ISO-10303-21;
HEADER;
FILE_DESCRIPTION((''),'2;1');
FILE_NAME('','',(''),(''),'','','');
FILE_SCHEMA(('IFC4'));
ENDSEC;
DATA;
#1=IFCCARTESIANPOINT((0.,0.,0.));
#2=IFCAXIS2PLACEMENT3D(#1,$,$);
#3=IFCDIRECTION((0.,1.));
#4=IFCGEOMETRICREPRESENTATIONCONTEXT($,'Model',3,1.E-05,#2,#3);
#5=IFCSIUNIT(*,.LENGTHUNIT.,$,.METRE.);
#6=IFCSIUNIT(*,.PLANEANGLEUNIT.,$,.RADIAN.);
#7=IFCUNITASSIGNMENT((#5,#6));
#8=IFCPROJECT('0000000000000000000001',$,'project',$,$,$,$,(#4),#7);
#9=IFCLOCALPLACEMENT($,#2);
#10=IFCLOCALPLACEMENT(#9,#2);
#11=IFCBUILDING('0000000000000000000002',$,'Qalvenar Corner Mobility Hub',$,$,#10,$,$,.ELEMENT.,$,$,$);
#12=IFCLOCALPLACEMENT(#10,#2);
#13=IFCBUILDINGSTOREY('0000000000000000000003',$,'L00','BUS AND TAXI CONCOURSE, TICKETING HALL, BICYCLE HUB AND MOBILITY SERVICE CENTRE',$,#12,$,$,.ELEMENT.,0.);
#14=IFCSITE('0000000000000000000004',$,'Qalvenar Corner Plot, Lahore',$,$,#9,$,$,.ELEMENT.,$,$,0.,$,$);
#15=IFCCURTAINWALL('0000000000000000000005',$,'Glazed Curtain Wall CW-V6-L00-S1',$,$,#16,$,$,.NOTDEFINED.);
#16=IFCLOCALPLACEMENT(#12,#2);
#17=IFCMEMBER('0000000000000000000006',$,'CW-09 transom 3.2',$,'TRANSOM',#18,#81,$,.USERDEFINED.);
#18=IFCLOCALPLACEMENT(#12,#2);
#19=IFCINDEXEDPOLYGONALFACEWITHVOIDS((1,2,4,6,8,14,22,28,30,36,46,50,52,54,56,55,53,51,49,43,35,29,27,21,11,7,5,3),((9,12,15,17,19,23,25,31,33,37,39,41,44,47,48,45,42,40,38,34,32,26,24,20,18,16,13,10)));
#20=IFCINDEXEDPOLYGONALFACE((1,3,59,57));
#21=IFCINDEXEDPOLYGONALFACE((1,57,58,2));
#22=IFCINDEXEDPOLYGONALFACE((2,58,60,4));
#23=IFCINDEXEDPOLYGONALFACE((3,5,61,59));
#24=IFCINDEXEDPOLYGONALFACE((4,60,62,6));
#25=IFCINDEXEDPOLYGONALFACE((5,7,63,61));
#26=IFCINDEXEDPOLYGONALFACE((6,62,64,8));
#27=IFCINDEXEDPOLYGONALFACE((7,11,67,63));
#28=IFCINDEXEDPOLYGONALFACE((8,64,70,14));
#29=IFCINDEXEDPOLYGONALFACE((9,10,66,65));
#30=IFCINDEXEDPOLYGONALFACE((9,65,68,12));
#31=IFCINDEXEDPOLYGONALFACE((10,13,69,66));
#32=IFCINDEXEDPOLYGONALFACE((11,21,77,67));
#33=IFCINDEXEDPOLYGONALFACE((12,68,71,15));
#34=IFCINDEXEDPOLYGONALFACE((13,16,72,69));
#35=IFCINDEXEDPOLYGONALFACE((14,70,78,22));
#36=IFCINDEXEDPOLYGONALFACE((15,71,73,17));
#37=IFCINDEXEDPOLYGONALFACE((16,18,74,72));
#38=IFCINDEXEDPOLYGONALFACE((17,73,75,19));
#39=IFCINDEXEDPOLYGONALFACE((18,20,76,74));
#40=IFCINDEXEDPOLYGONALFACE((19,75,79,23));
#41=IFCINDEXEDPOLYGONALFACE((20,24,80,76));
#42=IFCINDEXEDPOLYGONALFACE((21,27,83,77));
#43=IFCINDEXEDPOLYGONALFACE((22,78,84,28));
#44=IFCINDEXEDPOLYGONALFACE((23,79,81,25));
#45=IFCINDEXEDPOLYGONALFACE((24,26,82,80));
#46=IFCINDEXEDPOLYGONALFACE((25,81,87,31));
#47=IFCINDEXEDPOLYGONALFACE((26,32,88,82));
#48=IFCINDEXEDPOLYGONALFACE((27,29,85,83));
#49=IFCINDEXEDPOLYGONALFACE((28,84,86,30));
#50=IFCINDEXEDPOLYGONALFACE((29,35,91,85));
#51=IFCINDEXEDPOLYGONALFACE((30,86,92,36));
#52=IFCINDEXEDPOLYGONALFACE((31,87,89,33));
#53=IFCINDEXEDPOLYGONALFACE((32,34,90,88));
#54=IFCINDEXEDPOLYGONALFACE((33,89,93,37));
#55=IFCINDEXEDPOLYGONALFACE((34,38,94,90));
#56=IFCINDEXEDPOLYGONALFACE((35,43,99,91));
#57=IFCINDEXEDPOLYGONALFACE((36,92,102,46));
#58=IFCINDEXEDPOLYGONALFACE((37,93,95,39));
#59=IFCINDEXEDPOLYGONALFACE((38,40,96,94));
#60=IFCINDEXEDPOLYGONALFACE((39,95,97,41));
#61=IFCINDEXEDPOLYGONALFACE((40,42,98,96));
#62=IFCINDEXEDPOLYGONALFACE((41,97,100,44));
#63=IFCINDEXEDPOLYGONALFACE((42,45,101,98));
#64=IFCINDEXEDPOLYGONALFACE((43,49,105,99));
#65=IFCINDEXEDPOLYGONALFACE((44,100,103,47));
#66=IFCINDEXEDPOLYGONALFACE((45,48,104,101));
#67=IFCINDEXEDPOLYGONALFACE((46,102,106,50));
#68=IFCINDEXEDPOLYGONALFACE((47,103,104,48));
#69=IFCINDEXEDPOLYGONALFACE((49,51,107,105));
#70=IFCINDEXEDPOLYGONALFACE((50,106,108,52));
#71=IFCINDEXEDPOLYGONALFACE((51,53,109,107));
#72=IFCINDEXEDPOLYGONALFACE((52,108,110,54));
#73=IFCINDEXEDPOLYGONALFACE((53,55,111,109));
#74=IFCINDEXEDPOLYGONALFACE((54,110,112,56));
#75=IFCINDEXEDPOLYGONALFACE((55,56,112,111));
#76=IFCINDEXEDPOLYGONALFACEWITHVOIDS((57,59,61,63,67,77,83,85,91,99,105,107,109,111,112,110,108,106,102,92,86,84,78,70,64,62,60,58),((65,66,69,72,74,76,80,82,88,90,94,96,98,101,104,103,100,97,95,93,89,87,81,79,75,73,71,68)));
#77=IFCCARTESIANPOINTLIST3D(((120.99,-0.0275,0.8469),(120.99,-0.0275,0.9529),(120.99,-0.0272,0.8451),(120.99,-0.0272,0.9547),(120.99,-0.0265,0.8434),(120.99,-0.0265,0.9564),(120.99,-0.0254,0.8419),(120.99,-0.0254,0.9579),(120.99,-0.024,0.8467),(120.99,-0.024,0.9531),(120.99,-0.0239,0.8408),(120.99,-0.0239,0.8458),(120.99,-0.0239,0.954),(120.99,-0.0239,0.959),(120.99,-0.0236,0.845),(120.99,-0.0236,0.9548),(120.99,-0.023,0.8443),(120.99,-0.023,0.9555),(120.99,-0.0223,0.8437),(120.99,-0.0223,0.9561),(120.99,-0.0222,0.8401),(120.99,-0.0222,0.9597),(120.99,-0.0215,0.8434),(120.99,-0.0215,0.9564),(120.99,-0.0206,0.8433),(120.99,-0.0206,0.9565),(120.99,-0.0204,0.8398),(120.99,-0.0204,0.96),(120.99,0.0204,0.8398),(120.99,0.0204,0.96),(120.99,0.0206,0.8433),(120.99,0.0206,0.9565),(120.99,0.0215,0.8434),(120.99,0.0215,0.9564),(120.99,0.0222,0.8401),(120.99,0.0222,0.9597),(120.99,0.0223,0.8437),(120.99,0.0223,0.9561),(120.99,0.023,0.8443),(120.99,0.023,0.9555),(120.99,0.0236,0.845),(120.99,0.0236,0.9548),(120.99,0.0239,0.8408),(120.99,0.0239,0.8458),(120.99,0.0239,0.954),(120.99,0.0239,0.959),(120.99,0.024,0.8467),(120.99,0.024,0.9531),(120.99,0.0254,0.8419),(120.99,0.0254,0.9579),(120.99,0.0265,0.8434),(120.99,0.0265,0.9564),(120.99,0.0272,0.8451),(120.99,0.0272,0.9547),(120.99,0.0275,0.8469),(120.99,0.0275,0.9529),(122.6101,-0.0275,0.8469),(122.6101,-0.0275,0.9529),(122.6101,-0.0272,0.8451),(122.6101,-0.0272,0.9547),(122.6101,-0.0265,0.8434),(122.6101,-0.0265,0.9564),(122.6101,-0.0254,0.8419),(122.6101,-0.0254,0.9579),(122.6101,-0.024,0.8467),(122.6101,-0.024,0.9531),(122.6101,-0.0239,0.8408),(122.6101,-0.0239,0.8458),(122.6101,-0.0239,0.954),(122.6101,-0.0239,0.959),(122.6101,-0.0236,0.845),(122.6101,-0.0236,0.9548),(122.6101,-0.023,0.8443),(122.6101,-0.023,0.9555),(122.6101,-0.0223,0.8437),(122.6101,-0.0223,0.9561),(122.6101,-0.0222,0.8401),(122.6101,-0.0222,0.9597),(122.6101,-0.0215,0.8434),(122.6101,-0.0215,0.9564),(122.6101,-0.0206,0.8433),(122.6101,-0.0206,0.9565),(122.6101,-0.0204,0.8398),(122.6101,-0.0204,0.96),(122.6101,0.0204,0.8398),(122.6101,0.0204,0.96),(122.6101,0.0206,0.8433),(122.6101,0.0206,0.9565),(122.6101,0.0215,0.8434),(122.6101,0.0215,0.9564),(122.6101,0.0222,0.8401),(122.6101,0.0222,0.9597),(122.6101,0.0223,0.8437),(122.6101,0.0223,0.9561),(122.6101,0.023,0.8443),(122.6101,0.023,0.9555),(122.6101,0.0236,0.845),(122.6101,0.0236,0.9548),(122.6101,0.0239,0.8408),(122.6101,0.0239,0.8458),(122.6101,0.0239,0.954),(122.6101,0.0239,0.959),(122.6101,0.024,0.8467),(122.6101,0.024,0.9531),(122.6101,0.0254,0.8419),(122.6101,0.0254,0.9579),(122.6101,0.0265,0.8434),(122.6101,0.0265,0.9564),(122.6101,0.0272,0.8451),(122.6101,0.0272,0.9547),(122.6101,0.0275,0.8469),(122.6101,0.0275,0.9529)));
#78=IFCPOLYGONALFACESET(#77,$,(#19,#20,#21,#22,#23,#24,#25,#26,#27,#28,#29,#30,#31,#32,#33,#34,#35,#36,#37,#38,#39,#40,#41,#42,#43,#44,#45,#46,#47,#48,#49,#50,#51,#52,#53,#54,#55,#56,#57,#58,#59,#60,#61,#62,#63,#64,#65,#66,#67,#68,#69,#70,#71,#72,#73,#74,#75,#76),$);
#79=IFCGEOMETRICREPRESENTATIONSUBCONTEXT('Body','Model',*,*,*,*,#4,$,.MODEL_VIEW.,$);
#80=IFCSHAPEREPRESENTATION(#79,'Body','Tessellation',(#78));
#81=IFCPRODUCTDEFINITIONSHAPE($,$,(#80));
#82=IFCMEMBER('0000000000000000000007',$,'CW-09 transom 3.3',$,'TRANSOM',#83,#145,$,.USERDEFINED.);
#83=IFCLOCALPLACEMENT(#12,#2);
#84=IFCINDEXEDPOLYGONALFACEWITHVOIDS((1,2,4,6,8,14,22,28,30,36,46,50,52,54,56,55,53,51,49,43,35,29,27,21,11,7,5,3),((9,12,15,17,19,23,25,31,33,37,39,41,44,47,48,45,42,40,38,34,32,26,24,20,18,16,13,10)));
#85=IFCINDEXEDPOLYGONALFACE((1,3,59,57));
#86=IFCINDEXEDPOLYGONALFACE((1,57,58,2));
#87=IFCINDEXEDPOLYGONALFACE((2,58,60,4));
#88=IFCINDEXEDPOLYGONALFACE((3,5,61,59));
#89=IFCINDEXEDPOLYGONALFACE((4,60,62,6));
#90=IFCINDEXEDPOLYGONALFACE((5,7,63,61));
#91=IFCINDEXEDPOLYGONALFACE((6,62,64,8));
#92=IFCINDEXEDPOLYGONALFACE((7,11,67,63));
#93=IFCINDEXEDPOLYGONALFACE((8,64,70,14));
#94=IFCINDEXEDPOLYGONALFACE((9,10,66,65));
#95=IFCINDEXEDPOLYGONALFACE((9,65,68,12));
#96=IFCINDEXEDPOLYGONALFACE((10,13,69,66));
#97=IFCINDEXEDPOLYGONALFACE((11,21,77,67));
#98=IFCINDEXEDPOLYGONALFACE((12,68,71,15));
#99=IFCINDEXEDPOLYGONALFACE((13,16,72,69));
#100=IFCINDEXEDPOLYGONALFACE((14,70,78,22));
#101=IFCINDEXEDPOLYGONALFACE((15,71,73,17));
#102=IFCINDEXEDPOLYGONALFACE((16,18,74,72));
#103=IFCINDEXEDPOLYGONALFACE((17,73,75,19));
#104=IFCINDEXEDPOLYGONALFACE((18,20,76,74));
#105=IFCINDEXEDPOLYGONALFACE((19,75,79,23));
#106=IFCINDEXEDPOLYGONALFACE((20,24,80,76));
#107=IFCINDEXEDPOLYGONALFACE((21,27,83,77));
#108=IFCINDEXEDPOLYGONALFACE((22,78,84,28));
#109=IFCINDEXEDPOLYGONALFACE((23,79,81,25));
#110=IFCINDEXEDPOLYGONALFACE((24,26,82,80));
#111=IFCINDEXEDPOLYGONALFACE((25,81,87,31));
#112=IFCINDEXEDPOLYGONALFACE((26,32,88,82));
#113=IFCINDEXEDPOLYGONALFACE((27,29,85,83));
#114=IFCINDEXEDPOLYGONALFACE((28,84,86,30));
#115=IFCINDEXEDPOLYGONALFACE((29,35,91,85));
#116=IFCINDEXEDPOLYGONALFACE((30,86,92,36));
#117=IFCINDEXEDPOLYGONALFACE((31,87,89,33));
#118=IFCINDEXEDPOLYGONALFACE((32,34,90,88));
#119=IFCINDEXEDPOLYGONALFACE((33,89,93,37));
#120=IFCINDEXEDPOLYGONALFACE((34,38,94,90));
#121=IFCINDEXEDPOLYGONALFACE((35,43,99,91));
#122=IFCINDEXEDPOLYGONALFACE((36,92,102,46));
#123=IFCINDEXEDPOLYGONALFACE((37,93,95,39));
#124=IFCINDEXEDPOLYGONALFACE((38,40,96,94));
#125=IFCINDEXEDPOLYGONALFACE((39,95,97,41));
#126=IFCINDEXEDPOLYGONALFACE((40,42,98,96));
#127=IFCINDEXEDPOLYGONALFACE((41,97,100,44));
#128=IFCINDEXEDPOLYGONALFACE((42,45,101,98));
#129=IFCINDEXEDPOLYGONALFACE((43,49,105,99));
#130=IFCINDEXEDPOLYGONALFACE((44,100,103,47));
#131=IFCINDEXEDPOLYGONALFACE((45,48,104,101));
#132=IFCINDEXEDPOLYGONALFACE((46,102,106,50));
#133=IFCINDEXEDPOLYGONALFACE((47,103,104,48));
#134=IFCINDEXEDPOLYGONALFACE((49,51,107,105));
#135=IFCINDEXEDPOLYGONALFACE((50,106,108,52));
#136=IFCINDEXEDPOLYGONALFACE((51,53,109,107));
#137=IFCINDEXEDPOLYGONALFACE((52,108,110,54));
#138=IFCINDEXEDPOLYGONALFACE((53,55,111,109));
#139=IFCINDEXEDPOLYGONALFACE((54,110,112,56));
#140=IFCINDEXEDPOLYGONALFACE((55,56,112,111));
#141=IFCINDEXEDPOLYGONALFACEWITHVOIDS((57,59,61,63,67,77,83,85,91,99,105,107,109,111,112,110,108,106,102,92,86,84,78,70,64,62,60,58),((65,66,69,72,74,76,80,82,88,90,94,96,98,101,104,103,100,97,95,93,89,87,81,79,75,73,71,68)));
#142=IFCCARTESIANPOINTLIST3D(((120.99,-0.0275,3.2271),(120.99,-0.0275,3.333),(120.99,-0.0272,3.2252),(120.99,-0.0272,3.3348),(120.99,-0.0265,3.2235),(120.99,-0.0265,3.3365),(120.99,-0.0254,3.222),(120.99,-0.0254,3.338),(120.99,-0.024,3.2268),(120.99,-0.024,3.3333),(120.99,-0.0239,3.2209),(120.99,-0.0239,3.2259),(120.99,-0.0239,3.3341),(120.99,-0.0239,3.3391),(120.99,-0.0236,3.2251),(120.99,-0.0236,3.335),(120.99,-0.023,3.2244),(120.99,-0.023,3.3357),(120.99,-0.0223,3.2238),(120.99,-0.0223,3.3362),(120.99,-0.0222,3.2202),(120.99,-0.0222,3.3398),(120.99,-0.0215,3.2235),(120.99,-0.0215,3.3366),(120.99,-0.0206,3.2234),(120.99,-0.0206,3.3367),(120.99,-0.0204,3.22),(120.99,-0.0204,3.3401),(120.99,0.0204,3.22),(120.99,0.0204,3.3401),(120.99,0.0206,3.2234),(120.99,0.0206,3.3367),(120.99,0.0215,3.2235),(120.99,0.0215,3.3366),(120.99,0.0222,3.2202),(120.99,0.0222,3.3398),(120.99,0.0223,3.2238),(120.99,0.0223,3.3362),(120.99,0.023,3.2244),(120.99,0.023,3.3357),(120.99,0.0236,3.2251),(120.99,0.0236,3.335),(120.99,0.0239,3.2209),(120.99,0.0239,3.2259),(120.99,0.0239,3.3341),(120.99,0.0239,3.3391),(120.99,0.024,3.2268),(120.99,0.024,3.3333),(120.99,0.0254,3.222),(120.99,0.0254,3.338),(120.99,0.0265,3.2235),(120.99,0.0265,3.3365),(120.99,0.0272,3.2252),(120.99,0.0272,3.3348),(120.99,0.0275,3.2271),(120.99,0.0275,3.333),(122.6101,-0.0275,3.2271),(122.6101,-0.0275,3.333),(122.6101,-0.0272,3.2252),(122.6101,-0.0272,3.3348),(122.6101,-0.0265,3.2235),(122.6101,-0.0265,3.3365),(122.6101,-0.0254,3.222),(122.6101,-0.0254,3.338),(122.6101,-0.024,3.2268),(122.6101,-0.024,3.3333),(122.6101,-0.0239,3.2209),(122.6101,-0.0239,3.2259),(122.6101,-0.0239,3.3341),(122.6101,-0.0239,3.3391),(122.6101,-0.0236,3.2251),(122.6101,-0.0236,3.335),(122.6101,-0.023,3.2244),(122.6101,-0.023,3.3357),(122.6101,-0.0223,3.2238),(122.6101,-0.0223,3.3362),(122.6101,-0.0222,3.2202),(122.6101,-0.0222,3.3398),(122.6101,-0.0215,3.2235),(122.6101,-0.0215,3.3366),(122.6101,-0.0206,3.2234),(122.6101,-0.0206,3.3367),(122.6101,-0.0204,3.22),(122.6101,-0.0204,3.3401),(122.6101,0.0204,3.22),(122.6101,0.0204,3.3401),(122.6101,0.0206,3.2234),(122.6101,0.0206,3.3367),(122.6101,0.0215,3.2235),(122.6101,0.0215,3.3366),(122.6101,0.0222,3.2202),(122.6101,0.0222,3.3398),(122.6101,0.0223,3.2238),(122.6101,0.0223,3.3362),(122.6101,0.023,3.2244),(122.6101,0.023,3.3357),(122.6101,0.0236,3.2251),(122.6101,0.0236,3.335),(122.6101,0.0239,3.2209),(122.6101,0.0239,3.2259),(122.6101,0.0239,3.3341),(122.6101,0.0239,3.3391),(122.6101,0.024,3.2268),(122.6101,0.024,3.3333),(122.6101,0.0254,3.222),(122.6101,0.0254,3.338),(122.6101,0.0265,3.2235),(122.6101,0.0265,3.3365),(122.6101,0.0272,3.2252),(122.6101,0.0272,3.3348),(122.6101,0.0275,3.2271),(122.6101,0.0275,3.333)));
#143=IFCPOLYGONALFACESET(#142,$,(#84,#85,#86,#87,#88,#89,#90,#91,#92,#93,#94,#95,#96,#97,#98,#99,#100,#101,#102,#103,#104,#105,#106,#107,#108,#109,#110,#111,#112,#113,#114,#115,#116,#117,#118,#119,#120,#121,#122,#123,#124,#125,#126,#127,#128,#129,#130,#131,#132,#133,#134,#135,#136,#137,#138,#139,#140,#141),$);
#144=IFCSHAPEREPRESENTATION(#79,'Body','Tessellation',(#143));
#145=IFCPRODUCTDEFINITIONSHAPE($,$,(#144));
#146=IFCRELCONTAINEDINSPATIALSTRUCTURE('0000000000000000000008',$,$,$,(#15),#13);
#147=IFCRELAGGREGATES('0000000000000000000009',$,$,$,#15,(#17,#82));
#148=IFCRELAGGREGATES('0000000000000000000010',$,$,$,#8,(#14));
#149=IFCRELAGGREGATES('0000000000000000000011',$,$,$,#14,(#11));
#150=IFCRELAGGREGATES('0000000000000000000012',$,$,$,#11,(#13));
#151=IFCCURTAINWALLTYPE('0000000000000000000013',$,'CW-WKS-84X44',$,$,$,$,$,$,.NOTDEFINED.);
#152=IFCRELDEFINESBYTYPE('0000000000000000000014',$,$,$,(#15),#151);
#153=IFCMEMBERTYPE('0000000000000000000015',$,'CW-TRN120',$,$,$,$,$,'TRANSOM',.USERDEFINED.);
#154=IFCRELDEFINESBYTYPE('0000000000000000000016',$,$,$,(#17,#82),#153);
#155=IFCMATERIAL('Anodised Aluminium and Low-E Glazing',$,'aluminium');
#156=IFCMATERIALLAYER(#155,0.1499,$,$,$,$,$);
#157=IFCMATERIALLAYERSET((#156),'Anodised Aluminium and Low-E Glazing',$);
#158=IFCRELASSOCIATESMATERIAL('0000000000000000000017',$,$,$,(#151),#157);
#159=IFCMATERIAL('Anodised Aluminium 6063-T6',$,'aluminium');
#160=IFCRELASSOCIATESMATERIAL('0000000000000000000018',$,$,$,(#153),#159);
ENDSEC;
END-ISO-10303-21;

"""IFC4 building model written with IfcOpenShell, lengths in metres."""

from ifc_helpers import new_model, si_unit, direction, frame, origin, origin_2d, place, context, subcontext, project, spatial, hollow_rectangle, extrude, material, layer, layer_set, material_profile, profile_set, type_object, element, aggregate, save


model = new_model("IFC4")

# Units and contexts
model_context = context("Model", 3, precision=1e-05, world=origin(), true_north=direction((0.0, 1.0)))
body_context = subcontext(model_context, "Body", "Model", "MODEL_VIEW")
ifc_project = project(units=[si_unit("LENGTHUNIT", "METRE"), si_unit("PLANEANGLEUNIT", "RADIAN")], contexts=[model_context])

# Site, building, storey
site_placement = place(None, origin())
site = spatial("IfcSite", under=ifc_project, at=site_placement, Name="Qalvenar Corner Plot, Lahore", CompositionType="ELEMENT", RefElevation=0.0)
building_placement = place(site_placement, origin())
building = spatial("IfcBuilding", under=site, at=building_placement, Name="Qalvenar Corner Mobility Hub", CompositionType="ELEMENT")
storey_placement = place(building_placement, origin())
storey = spatial("IfcBuildingStorey", under=building, at=storey_placement, Name="L00", Description="BUS AND TAXI CONCOURSE, TICKETING HALL, BICYCLE HUB AND MOBILITY SERVICE CENTRE", CompositionType="ELEMENT", Elevation=0.0)

# Curtain wall, members
ifc_material_1 = material(Name="Anodised Aluminium and Low-E Glazing", Category="aluminium")
ifc_layer_1 = layer(ifc_material_1, 0.1499)
ifc_layer_set_1 = layer_set([ifc_layer_1], Name="Anodised Aluminium and Low-E Glazing")
curtain_wall_type = type_object("IfcCurtainWallType", Name="CW-WKS-84X44", PredefinedType="NOTDEFINED", material=ifc_layer_set_1)
curtain_wall_placement = place(storey_placement, origin())
curtain_wall = element("IfcCurtainWall", 1, at=curtain_wall_placement, inside=storey, type_object=curtain_wall_type, Name="Glazed Curtain Wall CW-V6-L00-S1", PredefinedType="NOTDEFINED")
ifc_material_2 = material(Name="Anodised Aluminium 6063-T6", Category="aluminium")
ifc_material_profile_1 = material_profile(ifc_material_2, hollow_rectangle(XDim=0.0549, YDim=0.1201, WallThickness=0.0034, InnerFilletRadius=0.0034, OuterFilletRadius=0.0071, at=origin_2d()), Name="RHS120x55x3.5")
ifc_profile_set_1 = profile_set([ifc_material_profile_1], Name="Anodised Aluminium 6063-T6")
member_type_1 = type_object("IfcMemberType", Name="CW-TRN120", ElementType="TRANSOM", PredefinedType="USERDEFINED", material=ifc_profile_set_1)
member_1_placement = place(storey_placement, frame((120.99, 0.0, 0.8999), z_axis=(1.0, 0.0, 0.0), x_axis=(0.0, 1.0, 0.0)))
member_1 = element("IfcMember", 2, at=member_1_placement, type_object=member_type_1, Name="CW-09 transom 3.2", ObjectType="TRANSOM", PredefinedType="USERDEFINED", context=body_context, shape_type="SweptSolid", body=[
    extrude(hollow_rectangle(XDim=0.0549, YDim=0.1201, WallThickness=0.0034, InnerFilletRadius=0.0034, OuterFilletRadius=0.0071, at=origin_2d()), origin(), (0.0, 0.0, 1.0), 1.6201),
])
member_2_placement = place(storey_placement, frame((120.99, 0.0, 3.28), z_axis=(1.0, 0.0, 0.0), x_axis=(0.0, 1.0, 0.0)))
member_2 = element("IfcMember", 3, at=member_2_placement, type_object=member_type_1, Name="CW-09 transom 3.3", ObjectType="TRANSOM", PredefinedType="USERDEFINED", context=body_context, shape_type="SweptSolid", body=[
    extrude(hollow_rectangle(XDim=0.0549, YDim=0.1201, WallThickness=0.0034, InnerFilletRadius=0.0034, OuterFilletRadius=0.0071, at=origin_2d()), origin(), (0.0, 0.0, 1.0), 1.6201),
])
aggregate(curtain_wall, [member_1, member_2])

save(model, "model.ifc")
